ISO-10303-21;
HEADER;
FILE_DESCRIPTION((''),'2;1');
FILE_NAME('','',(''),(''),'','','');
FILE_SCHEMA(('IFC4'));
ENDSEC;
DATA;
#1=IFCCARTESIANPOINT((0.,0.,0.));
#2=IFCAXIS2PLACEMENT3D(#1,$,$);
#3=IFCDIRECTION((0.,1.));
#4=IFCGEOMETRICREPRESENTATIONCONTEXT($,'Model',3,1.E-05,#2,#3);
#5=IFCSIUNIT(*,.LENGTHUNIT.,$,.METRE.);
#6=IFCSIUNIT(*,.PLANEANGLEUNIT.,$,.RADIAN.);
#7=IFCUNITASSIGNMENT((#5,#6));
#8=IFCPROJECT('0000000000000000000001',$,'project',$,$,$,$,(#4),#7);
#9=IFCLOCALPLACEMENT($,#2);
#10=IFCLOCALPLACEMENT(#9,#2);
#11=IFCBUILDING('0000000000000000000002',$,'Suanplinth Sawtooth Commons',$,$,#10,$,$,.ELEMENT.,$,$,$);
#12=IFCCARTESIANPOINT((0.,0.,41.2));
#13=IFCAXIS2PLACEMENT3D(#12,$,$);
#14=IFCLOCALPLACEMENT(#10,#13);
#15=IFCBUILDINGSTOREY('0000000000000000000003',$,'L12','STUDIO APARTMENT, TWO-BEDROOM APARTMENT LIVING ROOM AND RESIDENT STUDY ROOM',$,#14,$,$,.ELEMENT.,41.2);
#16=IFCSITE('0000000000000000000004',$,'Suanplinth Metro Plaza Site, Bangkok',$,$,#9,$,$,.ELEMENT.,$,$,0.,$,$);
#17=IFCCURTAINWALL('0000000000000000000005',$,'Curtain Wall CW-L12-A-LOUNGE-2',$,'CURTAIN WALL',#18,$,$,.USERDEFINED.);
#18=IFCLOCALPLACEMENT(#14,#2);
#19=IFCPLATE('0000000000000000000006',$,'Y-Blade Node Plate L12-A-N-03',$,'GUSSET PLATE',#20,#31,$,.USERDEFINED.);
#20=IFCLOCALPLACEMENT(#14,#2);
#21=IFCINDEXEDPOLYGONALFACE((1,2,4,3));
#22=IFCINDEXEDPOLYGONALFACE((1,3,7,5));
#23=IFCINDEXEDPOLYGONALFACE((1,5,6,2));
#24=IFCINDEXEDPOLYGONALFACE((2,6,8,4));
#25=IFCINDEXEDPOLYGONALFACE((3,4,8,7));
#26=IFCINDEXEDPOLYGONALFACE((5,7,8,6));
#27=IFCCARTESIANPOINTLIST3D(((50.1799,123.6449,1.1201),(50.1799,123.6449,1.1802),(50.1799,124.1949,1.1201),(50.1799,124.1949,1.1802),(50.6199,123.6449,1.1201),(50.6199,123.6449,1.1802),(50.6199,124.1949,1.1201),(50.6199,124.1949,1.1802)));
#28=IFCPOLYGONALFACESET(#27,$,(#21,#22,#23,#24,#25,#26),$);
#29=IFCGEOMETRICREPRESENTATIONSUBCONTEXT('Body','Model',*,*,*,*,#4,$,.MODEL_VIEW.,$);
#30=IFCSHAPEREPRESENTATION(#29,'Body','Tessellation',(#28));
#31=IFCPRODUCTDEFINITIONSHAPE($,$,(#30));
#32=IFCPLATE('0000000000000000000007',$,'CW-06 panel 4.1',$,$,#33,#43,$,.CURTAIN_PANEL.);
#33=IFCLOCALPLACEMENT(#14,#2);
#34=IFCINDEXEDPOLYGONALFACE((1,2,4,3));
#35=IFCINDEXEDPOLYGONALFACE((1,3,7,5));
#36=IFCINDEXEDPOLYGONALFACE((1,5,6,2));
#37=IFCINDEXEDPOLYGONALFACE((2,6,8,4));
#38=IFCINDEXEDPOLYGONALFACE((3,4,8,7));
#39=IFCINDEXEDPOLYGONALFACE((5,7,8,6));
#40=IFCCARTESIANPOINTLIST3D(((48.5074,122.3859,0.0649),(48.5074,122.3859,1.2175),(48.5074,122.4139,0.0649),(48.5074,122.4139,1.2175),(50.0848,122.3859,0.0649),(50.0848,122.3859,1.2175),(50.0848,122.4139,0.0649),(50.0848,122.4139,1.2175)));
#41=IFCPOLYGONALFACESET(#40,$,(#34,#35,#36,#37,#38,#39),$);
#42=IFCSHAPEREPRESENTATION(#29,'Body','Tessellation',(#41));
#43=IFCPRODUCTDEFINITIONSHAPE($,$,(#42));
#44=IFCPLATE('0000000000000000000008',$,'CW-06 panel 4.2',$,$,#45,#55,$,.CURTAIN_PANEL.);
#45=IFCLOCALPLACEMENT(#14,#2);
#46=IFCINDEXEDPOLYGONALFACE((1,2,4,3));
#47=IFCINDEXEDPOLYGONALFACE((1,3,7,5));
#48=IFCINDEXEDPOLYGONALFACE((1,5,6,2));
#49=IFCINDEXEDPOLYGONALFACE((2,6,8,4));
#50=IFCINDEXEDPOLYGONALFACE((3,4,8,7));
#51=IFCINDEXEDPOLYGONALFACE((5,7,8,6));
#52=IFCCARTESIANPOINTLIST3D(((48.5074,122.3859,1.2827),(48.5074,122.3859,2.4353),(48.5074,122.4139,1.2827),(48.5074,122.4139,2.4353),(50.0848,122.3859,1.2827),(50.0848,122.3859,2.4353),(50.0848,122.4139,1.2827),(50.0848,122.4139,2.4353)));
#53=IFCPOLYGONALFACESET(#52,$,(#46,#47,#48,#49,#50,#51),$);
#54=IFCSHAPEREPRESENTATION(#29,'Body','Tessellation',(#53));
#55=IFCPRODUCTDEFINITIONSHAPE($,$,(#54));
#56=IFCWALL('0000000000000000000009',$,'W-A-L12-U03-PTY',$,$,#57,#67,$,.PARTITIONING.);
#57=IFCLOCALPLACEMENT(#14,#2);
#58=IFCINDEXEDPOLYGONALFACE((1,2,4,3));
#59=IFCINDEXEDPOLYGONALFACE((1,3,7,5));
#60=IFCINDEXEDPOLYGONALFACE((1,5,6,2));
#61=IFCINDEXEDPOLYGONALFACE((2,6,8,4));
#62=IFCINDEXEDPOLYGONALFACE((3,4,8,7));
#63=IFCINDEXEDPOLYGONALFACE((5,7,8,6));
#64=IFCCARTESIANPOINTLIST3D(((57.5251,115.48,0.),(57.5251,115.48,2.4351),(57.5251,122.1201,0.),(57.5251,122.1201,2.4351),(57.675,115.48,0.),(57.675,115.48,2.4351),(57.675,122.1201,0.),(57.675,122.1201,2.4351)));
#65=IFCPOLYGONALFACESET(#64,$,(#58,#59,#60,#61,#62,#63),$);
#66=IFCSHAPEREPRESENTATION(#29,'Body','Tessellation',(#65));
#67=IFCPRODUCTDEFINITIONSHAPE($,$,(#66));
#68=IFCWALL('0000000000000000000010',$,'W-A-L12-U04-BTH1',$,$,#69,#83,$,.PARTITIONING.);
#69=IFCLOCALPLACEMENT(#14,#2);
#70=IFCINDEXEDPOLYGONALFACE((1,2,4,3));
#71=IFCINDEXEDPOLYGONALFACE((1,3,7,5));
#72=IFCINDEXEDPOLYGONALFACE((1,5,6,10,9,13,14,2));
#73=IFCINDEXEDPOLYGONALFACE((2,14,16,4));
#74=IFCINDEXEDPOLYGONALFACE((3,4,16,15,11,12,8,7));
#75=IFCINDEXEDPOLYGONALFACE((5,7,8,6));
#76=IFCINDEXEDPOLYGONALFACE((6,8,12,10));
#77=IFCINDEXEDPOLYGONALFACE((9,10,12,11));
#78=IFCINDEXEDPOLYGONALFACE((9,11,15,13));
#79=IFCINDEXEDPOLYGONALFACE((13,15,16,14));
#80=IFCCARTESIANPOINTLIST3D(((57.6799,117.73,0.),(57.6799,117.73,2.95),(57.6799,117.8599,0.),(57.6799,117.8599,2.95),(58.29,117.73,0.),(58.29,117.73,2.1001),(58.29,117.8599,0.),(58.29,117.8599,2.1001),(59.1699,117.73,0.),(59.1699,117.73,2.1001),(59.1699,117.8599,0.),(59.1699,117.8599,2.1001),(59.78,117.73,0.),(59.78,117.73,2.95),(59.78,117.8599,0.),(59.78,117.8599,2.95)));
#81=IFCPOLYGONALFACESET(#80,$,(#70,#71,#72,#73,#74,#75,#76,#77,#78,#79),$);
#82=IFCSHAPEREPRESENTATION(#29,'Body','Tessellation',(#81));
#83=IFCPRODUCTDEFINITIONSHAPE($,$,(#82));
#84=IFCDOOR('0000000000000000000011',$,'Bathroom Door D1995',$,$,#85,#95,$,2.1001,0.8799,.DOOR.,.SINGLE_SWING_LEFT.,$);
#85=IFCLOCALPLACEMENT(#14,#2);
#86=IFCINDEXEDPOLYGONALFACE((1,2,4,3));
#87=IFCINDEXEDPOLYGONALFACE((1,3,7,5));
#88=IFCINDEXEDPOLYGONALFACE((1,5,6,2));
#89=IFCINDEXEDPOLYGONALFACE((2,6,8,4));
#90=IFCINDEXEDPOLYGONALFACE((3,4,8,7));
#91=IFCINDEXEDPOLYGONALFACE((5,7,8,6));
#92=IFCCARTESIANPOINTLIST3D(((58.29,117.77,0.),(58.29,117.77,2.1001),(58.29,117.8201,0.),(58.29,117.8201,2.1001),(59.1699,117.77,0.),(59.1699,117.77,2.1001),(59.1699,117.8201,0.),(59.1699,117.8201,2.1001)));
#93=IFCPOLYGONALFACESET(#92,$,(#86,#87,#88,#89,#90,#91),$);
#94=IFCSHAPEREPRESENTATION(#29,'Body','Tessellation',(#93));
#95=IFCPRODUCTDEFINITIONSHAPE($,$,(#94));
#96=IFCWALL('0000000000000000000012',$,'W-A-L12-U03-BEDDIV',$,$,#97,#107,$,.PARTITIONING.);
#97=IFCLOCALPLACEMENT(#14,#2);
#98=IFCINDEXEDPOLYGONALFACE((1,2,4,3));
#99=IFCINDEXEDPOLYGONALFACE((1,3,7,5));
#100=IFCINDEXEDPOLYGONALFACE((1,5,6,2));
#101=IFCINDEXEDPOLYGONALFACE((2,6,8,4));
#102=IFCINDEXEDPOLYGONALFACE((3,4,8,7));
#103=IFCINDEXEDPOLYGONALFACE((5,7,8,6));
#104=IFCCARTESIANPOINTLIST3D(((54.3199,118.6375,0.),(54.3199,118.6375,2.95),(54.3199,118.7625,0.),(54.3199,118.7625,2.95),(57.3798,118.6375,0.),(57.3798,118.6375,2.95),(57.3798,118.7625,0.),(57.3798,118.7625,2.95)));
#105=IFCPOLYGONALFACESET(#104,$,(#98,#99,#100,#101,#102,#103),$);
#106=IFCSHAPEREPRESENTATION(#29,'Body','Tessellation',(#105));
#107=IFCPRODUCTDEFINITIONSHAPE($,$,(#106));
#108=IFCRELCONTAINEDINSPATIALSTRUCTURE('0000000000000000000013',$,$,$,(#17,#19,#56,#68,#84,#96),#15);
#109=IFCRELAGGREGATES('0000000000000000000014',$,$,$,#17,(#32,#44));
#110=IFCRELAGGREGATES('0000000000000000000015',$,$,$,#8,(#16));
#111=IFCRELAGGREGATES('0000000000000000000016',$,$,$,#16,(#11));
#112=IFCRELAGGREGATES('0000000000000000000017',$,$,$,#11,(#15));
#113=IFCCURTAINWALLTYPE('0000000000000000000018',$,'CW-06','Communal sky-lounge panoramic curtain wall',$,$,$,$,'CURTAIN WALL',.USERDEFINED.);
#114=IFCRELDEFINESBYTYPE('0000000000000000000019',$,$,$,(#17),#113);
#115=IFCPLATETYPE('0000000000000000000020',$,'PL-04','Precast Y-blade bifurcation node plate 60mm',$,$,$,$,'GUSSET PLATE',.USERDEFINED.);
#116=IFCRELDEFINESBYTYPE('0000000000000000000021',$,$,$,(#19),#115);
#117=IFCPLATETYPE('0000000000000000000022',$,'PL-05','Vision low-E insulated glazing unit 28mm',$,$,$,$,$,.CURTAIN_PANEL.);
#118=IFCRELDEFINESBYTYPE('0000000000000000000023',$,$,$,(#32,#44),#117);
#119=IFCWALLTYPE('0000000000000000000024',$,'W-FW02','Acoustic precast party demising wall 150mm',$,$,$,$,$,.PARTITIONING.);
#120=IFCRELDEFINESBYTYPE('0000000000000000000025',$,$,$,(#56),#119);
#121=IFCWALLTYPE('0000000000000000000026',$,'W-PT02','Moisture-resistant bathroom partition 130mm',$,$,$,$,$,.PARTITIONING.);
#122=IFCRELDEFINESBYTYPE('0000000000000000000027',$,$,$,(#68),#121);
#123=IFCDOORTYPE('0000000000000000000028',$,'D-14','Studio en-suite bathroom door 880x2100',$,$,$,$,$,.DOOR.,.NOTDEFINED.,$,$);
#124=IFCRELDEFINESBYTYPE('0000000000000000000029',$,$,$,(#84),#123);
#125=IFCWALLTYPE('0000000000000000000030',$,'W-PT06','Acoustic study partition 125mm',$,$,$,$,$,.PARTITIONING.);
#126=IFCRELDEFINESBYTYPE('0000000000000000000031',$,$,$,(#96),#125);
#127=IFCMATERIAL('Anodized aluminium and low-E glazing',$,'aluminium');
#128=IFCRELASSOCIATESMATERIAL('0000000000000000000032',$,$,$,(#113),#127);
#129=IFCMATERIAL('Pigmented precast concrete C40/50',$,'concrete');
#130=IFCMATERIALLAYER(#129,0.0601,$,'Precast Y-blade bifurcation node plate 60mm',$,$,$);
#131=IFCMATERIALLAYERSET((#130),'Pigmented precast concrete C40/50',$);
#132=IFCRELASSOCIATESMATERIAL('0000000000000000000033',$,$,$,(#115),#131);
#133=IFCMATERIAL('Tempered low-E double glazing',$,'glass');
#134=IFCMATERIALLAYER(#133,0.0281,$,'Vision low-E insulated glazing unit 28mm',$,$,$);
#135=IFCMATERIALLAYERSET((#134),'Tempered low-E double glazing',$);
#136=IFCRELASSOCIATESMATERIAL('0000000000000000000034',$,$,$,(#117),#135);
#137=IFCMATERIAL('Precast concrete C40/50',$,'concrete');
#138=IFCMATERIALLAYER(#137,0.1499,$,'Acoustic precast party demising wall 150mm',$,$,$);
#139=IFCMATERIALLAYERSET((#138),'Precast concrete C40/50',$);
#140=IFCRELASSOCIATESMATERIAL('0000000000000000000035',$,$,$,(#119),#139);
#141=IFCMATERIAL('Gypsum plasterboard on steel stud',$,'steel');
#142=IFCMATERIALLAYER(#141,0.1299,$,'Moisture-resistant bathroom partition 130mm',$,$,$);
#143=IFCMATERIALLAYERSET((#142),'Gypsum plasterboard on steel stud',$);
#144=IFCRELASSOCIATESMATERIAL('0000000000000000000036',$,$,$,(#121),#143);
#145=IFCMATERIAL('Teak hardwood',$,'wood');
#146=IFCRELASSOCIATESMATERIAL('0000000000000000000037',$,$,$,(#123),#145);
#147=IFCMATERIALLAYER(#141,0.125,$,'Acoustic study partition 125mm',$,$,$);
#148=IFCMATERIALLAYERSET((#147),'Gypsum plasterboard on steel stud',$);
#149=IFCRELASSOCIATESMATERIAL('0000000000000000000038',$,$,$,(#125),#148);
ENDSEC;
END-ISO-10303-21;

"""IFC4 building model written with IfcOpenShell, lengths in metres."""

from ifc_helpers import new_model, si_unit, direction, frame, frame_2d, origin, origin_2d, place, context, subcontext, project, spatial, rectangle, extrude, material, layer, layer_set, type_object, element, fill, aggregate, save


model = new_model("IFC4")

# Units and contexts
model_context = context("Model", 3, precision=1e-05, world=origin(), true_north=direction((0.0, 1.0)))
body_context = subcontext(model_context, "Body", "Model", "MODEL_VIEW")
ifc_project = project(units=[si_unit("LENGTHUNIT", "METRE"), si_unit("PLANEANGLEUNIT", "RADIAN")], contexts=[model_context])

# Site, building, storey
site_placement = place(None, origin())
site = spatial("IfcSite", under=ifc_project, at=site_placement, Name="Suanplinth Metro Plaza Site, Bangkok", CompositionType="ELEMENT", RefElevation=0.0)
building_placement = place(site_placement, origin())
building = spatial("IfcBuilding", under=site, at=building_placement, Name="Suanplinth Sawtooth Commons", CompositionType="ELEMENT")
storey_placement = place(building_placement, frame((0.0, 0.0, 41.2)))
storey = spatial("IfcBuildingStorey", under=building, at=storey_placement, Name="L12", Description="STUDIO APARTMENT, TWO-BEDROOM APARTMENT LIVING ROOM AND RESIDENT STUDY ROOM", CompositionType="ELEMENT", Elevation=41.2)

# Shared definitions
ifc_material_1 = material(Name="Precast concrete C40/50", Category="concrete")

# Shared definitions
ifc_material_2 = material(Name="Pigmented precast concrete C40/50", Category="concrete")

# Curtain wall
ifc_material_3 = material(Name="Anodized aluminium and low-E glazing", Category="aluminium")
curtain_wall_type = type_object("IfcCurtainWallType", Name="CW-06", Description="Communal sky-lounge panoramic curtain wall", ElementType="CURTAIN WALL", PredefinedType="USERDEFINED", material=ifc_material_3)
curtain_wall_placement = place(storey_placement, origin())
curtain_wall = element("IfcCurtainWall", 1, at=curtain_wall_placement, inside=storey, type_object=curtain_wall_type, Name="Curtain Wall CW-L12-A-LOUNGE-2", ObjectType="CURTAIN WALL", PredefinedType="USERDEFINED")

# Plates
ifc_layer_1 = layer(ifc_material_2, 0.0601, Name="Precast Y-blade bifurcation node plate 60mm")
ifc_layer_set_1 = layer_set([ifc_layer_1], Name="Pigmented precast concrete C40/50")
plate_type_1 = type_object("IfcPlateType", Name="PL-04", Description="Precast Y-blade bifurcation node plate 60mm", ElementType="GUSSET PLATE", PredefinedType="USERDEFINED", material=ifc_layer_set_1)
plate_1_placement = place(storey_placement, frame((50.3999, 123.9199, 1.1201), z_axis=(0.0, 0.0, 1.0), x_axis=(1.0, 0.0, 0.0)))
element("IfcPlate", 2, at=plate_1_placement, inside=storey, type_object=plate_type_1, Name="Y-Blade Node Plate L12-A-N-03", ObjectType="GUSSET PLATE", PredefinedType="USERDEFINED", context=body_context, shape_type="SweptSolid", body=[
    extrude(rectangle(XDim=0.4399, YDim=0.55, at=origin_2d()), origin(), (0.0, 0.0, 1.0), 0.0601),
])
ifc_material_4 = material(Name="Tempered low-E double glazing", Category="glass")
ifc_layer_2 = layer(ifc_material_4, 0.0281, Name="Vision low-E insulated glazing unit 28mm")
ifc_layer_set_2 = layer_set([ifc_layer_2], Name="Tempered low-E double glazing")
plate_type_2 = type_object("IfcPlateType", Name="PL-05", Description="Vision low-E insulated glazing unit 28mm", PredefinedType="CURTAIN_PANEL", material=ifc_layer_set_2)
plate_2_placement = place(storey_placement, frame((49.2961, 122.3999, 0.0649), z_axis=(0.0, 0.0, 1.0), x_axis=(1.0, 0.0, 0.0)))
plate_2 = element("IfcPlate", 3, at=plate_2_placement, type_object=plate_type_2, Name="CW-06 panel 4.1", PredefinedType="CURTAIN_PANEL", context=body_context, shape_type="SweptSolid", body=[
    extrude(rectangle(XDim=1.5774, YDim=0.0281, at=origin_2d()), origin(), (0.0, 0.0, 1.0), 1.1526),
])
plate_3_placement = place(storey_placement, frame((49.2961, 122.3999, 1.2827), z_axis=(0.0, 0.0, 1.0), x_axis=(1.0, 0.0, 0.0)))
plate_3 = element("IfcPlate", 4, at=plate_3_placement, type_object=plate_type_2, Name="CW-06 panel 4.2", PredefinedType="CURTAIN_PANEL", context=body_context, shape_type="SweptSolid", body=[
    extrude(rectangle(XDim=1.5774, YDim=0.0281, at=origin_2d()), origin(), (0.0, 0.0, 1.0), 1.1526),
])
aggregate(curtain_wall, [plate_2, plate_3])

# Wall
ifc_layer_3 = layer(ifc_material_1, 0.1499, Name="Acoustic precast party demising wall 150mm")
ifc_layer_set_3 = layer_set([ifc_layer_3], Name="Precast concrete C40/50")
wall_type_1 = type_object("IfcWallType", Name="W-FW02", Description="Acoustic precast party demising wall 150mm", PredefinedType="PARTITIONING", material=ifc_layer_set_3)
wall_1_placement = place(storey_placement, frame((57.6001, 115.48, 0.0), z_axis=(0.0, 0.0, 1.0), x_axis=(0.0, 1.0, 0.0)))
element("IfcWall", 5, at=wall_1_placement, inside=storey, type_object=wall_type_1, Name="W-A-L12-U03-PTY", PredefinedType="PARTITIONING", context=body_context, shape_type="SweptSolid", body=[
    extrude(rectangle(XDim=6.6401, YDim=0.1499, at=frame_2d((3.3201, 0.0))), origin(), (0.0, 0.0, 1.0), 2.4351),
])

# Wall, opening, door
ifc_material_5 = material(Name="Gypsum plasterboard on steel stud", Category="steel")
ifc_layer_4 = layer(ifc_material_5, 0.1299, Name="Moisture-resistant bathroom partition 130mm")
ifc_layer_set_4 = layer_set([ifc_layer_4], Name="Gypsum plasterboard on steel stud")
wall_type_2 = type_object("IfcWallType", Name="W-PT02", Description="Moisture-resistant bathroom partition 130mm", PredefinedType="PARTITIONING", material=ifc_layer_set_4)
wall_2_placement = place(storey_placement, frame((57.6799, 117.7949, 0.0), z_axis=(0.0, 0.0, 1.0), x_axis=(1.0, 0.0, 0.0)))
wall_2 = element("IfcWall", 6, at=wall_2_placement, inside=storey, type_object=wall_type_2, Name="W-A-L12-U04-BTH1", PredefinedType="PARTITIONING", context=body_context, shape_type="SweptSolid", body=[
    extrude(rectangle(XDim=2.1001, YDim=0.1299, at=frame_2d((1.05, 0.0))), origin(), (0.0, 0.0, 1.0), 2.95),
])
opening_1_placement = place(wall_2_placement, frame((0.6101, 0.0, 0.0)))
opening_1 = element("IfcOpeningElement", 7, at=opening_1_placement, cuts=wall_2, PredefinedType="OPENING", context=body_context, shape_type="SweptSolid", body=[
    extrude(rectangle(XDim=0.8799, YDim=2.1001, at=frame_2d((0.4399, 1.05))), frame((0.0, 0.0798, 0.0), z_axis=(0.0, -1.0, 0.0), x_axis=(1.0, 0.0, 0.0)), (0.0, 0.0, 1.0), 0.1597),
])
ifc_material_6 = material(Name="Teak hardwood", Category="wood")
door_type_1 = type_object("IfcDoorType", Name="D-14", Description="Studio en-suite bathroom door 880x2100", OperationType="NOTDEFINED", PredefinedType="DOOR", material=ifc_material_6)
door_1_placement = place(opening_1_placement, frame((0.8799, 0.0, 0.0), z_axis=(0.0, 0.0, 1.0), x_axis=(-1.0, 0.0, 0.0)))
door_1 = element("IfcDoor", 8, at=door_1_placement, inside=storey, type_object=door_type_1, Name="Bathroom Door D1995", OperationType="SINGLE_SWING_LEFT", OverallHeight=2.1001, OverallWidth=0.8799, PredefinedType="DOOR", context=body_context, shape_type="SweptSolid", body=[
    extrude(rectangle(XDim=0.8799, YDim=2.1001, at=frame_2d((0.4399, 1.05))), frame((0.0, 0.0249, 0.0), z_axis=(0.0, -1.0, 0.0), x_axis=(1.0, 0.0, 0.0)), (0.0, 0.0, 1.0), 0.05),
])
fill(opening_1, door_1)

# Wall
ifc_layer_5 = layer(ifc_material_5, 0.125, Name="Acoustic study partition 125mm")
ifc_layer_set_5 = layer_set([ifc_layer_5], Name="Gypsum plasterboard on steel stud")
wall_type_3 = type_object("IfcWallType", Name="W-PT06", Description="Acoustic study partition 125mm", PredefinedType="PARTITIONING", material=ifc_layer_set_5)
wall_3_placement = place(storey_placement, frame((54.3201, 118.7, 0.0), z_axis=(0.0, 0.0, 1.0), x_axis=(1.0, 0.0, 0.0)))
element("IfcWall", 9, at=wall_3_placement, inside=storey, type_object=wall_type_3, Name="W-A-L12-U03-BEDDIV", PredefinedType="PARTITIONING", context=body_context, shape_type="SweptSolid", body=[
    extrude(rectangle(XDim=3.0598, YDim=0.125, at=frame_2d((1.5298, 0.0))), origin(), (0.0, 0.0, 1.0), 2.95),
])

save(model, "model.ifc")
